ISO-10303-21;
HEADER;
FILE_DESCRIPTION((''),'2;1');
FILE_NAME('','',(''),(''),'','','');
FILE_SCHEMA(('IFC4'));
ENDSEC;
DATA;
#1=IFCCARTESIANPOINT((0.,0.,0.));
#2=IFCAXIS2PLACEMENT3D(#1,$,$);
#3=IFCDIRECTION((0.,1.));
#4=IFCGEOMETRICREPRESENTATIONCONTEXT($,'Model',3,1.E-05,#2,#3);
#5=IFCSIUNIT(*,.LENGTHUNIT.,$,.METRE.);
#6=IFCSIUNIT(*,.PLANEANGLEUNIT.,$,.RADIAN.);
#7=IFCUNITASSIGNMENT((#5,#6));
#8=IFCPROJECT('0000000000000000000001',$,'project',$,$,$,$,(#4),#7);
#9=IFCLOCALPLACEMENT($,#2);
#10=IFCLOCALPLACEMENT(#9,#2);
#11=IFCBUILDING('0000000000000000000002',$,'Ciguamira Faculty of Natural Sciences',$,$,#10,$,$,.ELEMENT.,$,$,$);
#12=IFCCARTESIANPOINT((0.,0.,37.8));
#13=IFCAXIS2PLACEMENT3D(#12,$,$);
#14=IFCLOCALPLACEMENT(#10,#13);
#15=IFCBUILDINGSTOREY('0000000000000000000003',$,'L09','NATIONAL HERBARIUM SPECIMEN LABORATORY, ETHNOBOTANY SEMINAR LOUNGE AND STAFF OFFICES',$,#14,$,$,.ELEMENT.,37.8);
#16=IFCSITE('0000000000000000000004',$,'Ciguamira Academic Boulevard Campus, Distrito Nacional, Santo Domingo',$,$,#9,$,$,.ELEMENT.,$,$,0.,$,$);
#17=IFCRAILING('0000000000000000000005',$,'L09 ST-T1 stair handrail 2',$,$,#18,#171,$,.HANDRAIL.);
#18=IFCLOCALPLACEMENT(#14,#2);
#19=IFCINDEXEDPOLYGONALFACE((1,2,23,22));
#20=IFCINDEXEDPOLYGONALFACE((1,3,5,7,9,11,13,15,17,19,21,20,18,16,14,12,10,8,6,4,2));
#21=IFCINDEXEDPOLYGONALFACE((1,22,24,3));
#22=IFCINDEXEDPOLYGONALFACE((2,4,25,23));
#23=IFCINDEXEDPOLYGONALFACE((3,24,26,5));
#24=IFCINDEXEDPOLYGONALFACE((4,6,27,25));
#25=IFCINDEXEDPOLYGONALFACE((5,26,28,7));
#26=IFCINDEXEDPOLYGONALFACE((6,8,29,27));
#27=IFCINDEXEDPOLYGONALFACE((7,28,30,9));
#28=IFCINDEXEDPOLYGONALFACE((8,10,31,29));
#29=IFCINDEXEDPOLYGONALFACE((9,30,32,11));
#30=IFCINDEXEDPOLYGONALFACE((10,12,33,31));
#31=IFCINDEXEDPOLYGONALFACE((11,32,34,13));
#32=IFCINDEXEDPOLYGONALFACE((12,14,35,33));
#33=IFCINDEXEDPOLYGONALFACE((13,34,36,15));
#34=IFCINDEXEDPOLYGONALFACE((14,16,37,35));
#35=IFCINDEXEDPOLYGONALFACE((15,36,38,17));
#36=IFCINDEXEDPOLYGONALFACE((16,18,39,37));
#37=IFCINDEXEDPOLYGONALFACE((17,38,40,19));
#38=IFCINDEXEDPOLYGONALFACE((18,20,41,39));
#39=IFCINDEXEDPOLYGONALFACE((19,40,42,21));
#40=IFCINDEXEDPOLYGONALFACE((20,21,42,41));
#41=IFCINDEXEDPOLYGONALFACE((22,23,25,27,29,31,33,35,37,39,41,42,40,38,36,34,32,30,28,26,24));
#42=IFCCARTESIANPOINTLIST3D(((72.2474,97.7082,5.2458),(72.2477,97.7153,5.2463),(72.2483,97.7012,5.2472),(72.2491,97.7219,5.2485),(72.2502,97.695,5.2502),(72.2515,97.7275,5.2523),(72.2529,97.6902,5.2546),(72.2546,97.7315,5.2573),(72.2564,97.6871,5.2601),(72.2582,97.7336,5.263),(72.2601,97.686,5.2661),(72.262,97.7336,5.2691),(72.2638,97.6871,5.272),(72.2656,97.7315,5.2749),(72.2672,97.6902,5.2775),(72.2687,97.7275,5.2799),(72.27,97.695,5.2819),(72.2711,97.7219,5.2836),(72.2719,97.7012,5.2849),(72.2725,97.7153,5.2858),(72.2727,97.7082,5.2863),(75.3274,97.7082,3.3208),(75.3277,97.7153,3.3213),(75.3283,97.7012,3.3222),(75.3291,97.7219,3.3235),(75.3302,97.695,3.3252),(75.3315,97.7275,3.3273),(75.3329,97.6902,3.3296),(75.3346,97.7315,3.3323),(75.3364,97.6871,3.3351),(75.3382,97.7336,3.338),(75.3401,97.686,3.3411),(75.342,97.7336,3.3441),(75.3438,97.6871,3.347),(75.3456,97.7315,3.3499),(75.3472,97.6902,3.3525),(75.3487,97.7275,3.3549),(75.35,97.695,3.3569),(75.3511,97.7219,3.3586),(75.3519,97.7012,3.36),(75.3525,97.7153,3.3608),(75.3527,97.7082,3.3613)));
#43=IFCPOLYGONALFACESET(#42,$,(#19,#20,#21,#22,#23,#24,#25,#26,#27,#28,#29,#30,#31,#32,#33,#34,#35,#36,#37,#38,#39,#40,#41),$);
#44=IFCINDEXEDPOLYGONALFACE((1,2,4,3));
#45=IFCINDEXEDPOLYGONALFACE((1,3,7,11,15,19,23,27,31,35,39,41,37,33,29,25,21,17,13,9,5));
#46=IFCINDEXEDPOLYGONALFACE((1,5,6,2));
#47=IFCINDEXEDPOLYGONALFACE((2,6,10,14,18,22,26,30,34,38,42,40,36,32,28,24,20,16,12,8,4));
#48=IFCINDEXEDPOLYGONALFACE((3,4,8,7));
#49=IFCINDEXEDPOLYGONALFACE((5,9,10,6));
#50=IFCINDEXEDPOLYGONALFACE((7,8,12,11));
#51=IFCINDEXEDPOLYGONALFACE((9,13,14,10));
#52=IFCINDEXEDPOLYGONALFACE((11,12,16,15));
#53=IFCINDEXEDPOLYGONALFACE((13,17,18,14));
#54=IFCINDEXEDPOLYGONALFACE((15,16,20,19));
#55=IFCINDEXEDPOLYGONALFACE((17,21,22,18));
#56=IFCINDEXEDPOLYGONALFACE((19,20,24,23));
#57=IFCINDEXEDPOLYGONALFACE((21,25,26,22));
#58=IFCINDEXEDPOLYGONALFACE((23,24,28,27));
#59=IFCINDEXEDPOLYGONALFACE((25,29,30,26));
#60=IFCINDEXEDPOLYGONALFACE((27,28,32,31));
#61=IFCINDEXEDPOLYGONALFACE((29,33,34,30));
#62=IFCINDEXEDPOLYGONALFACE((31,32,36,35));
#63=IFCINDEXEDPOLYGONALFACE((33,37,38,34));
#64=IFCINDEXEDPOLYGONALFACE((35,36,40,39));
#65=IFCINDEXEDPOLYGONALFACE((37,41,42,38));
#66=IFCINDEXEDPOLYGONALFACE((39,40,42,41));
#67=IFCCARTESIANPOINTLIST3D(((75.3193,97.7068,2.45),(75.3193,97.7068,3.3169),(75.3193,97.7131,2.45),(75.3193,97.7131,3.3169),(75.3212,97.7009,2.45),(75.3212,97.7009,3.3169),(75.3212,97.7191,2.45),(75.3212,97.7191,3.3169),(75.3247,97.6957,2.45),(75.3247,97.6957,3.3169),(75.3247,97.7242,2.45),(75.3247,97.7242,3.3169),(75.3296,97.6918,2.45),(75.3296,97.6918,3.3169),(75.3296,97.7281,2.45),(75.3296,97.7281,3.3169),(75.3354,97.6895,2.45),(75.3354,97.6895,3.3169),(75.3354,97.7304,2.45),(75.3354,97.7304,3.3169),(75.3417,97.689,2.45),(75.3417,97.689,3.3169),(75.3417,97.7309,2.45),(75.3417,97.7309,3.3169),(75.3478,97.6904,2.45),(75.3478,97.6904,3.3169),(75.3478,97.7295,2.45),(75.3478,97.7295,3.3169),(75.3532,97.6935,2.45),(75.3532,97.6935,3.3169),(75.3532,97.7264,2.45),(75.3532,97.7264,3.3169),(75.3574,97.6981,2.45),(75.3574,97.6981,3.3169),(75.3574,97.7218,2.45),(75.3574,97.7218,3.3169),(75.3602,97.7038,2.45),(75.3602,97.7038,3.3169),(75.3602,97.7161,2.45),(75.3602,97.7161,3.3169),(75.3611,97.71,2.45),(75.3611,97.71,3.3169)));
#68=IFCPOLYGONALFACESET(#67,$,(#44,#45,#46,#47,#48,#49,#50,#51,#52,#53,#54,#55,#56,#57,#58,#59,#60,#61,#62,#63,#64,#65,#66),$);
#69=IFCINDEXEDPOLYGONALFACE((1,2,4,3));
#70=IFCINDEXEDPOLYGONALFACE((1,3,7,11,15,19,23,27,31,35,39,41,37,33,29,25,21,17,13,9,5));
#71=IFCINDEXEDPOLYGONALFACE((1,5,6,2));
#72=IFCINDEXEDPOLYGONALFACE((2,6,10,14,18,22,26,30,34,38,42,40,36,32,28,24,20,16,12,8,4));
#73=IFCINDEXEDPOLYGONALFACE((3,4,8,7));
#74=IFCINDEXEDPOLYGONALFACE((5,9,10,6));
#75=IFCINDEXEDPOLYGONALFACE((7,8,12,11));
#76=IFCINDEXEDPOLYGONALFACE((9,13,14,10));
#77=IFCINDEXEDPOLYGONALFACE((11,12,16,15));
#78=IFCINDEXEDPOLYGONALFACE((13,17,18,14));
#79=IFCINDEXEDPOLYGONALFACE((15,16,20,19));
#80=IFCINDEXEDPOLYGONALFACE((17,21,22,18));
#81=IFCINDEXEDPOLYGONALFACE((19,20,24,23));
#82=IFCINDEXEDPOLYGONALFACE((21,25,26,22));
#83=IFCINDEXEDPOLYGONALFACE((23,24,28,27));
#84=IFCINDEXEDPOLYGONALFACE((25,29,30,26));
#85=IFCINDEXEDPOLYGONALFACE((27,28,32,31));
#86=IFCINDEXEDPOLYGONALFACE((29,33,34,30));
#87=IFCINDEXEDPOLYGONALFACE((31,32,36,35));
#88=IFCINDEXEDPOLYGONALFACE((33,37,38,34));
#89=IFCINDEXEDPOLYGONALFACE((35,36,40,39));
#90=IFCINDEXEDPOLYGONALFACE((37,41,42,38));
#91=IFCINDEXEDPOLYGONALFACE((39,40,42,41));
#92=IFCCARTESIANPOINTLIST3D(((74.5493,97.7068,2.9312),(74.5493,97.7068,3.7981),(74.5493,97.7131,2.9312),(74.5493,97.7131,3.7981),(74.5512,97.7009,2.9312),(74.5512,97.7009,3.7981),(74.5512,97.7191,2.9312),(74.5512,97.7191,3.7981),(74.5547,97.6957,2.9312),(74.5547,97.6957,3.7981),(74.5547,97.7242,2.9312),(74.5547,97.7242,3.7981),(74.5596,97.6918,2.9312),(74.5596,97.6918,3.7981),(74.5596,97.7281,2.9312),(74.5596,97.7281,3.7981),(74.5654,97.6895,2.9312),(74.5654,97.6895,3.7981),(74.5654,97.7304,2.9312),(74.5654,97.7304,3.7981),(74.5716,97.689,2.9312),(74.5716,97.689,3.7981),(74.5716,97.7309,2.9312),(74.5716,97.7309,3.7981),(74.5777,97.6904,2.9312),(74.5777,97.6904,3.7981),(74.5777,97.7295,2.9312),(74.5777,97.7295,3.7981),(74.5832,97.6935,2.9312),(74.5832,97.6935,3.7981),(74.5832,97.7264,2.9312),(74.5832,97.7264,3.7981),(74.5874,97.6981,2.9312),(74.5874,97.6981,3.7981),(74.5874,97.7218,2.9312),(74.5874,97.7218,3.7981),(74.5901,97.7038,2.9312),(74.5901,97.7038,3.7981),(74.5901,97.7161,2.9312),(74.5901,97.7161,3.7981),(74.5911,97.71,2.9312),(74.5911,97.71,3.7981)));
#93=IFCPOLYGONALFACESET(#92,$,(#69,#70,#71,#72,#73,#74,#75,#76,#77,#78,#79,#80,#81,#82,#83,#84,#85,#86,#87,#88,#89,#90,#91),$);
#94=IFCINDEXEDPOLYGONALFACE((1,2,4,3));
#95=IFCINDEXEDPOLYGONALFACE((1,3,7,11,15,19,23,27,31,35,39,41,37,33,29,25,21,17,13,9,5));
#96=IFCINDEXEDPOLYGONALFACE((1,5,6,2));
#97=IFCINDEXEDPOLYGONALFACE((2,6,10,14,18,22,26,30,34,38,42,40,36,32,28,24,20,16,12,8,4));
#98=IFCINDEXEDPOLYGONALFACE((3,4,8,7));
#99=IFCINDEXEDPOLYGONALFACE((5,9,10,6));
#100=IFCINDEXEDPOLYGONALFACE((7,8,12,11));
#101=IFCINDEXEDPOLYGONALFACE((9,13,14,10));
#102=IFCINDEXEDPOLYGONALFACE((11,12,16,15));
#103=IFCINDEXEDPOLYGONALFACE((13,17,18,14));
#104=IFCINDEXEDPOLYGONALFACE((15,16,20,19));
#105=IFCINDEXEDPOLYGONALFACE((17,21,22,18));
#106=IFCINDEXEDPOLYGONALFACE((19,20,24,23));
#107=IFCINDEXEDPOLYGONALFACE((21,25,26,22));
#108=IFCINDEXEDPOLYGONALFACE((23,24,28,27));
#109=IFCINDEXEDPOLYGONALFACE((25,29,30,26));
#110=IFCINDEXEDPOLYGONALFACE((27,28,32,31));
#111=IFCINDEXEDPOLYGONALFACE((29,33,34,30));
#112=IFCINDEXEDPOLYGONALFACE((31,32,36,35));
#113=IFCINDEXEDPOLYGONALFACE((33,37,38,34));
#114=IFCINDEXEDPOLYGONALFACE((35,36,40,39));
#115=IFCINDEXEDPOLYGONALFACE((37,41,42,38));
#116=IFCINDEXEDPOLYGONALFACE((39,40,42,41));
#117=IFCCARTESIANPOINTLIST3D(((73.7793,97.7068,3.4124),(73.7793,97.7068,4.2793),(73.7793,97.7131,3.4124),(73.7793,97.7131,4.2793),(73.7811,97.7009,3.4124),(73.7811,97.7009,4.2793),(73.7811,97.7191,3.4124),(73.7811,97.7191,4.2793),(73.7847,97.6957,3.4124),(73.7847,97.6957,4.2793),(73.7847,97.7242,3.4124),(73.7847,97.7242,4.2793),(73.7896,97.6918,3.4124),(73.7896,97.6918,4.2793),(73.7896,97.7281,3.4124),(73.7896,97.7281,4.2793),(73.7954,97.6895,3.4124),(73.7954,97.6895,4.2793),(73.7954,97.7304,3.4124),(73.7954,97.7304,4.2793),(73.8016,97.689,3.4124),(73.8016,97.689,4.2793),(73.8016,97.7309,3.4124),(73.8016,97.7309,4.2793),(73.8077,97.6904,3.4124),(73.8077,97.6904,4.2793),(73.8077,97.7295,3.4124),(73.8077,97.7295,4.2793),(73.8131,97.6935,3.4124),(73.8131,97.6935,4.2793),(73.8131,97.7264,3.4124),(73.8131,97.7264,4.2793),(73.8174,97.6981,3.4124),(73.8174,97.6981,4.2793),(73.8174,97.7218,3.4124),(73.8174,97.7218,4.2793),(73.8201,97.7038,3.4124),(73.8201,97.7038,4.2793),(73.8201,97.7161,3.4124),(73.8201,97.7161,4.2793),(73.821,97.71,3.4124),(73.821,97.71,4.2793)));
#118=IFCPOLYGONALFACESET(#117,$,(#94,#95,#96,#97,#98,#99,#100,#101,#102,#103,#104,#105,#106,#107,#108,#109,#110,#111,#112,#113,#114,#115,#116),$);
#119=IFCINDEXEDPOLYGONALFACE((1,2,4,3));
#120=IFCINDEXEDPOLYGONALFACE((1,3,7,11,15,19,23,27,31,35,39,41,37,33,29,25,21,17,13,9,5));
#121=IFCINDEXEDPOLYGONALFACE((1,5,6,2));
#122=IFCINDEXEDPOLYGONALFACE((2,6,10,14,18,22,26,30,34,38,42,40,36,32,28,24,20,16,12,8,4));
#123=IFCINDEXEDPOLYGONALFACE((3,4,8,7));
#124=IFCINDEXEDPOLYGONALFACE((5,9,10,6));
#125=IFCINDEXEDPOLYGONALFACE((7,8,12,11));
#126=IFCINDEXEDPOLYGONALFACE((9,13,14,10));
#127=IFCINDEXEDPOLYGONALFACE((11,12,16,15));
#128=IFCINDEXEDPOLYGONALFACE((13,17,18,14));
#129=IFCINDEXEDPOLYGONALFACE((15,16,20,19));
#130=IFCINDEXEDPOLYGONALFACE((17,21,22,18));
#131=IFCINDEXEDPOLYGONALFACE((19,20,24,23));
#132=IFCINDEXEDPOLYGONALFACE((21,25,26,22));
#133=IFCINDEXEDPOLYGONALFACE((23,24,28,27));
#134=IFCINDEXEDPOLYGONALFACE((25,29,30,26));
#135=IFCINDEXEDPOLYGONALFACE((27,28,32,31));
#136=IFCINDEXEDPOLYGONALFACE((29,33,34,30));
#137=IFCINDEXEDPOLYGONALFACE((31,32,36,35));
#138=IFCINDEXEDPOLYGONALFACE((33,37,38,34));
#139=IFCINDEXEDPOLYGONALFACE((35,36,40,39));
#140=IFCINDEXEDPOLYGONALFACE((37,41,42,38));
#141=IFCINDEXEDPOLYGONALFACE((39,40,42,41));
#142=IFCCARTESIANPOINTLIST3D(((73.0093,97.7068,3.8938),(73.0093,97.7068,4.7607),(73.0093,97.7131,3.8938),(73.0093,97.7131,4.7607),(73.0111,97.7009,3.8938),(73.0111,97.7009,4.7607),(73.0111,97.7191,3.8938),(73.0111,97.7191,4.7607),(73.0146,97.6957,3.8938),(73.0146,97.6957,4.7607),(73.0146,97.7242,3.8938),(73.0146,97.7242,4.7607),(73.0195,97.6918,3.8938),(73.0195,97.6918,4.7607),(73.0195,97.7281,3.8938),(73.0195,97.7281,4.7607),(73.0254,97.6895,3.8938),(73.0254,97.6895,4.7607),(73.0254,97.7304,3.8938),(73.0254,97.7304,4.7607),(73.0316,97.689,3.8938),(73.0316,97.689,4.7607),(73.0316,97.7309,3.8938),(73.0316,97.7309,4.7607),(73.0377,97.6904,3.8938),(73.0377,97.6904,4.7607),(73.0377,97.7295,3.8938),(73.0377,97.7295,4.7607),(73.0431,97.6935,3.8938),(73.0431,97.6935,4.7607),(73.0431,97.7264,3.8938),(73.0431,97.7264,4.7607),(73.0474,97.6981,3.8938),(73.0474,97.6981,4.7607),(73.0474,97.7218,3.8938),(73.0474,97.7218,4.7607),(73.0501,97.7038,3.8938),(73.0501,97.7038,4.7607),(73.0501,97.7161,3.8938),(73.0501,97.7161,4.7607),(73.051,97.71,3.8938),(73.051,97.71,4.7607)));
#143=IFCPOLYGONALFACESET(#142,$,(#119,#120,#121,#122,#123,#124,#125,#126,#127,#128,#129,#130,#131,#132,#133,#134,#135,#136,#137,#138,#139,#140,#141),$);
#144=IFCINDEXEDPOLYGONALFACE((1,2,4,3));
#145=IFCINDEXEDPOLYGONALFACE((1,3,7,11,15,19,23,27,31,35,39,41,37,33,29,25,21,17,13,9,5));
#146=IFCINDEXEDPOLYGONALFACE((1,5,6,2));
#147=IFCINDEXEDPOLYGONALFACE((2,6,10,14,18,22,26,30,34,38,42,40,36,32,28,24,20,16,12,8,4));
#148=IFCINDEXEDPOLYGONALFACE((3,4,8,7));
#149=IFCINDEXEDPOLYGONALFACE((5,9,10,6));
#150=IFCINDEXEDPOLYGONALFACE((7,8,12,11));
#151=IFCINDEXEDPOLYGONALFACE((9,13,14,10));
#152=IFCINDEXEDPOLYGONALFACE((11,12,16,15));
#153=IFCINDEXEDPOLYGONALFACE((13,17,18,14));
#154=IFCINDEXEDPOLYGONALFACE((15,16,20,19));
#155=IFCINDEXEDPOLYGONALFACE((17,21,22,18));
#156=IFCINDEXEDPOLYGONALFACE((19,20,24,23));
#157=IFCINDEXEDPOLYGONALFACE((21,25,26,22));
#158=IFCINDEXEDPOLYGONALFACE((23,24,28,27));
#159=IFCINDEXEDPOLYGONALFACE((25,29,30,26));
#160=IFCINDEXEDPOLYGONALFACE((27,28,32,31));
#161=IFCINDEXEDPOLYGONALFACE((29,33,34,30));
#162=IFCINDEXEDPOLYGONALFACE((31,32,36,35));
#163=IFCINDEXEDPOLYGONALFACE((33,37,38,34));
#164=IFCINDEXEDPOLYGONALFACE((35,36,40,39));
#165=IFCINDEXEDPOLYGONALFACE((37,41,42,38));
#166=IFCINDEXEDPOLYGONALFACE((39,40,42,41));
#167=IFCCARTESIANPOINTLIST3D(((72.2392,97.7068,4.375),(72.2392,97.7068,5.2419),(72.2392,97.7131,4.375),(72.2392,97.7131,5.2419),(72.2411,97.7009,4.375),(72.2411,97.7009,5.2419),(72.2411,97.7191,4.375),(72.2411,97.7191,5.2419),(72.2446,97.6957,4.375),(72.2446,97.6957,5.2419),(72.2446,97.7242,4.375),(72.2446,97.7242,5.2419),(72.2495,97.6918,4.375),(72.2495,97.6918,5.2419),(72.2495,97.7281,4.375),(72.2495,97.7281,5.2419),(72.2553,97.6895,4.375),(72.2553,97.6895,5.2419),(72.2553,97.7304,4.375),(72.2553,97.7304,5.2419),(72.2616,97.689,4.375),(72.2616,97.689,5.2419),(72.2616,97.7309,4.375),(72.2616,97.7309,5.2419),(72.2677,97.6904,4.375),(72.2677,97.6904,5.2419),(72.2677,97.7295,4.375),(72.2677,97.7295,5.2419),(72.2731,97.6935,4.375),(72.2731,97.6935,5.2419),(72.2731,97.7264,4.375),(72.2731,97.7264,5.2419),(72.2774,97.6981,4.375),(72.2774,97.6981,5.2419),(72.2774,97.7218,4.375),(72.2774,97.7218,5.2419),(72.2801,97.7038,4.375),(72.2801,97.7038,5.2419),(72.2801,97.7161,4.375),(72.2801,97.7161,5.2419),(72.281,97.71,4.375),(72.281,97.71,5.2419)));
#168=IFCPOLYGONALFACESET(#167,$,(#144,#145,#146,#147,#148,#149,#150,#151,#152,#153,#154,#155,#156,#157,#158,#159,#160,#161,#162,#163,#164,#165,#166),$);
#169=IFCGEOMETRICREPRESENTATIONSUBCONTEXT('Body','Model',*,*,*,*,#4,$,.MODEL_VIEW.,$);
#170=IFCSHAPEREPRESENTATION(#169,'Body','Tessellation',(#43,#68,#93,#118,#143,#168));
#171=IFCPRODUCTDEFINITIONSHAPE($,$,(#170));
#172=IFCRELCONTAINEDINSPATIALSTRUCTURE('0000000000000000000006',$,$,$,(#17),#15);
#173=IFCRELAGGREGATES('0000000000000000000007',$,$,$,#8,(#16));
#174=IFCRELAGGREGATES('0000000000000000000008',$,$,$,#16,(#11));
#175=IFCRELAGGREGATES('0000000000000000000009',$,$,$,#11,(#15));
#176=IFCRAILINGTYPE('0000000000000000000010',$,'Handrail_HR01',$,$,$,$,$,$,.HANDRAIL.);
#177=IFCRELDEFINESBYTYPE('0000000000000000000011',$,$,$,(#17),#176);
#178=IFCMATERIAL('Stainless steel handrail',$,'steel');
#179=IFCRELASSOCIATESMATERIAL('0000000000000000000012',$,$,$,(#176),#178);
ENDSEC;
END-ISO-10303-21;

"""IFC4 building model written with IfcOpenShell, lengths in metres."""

from ifc_helpers import new_model, si_unit, direction, frame, origin, origin_2d, place, context, subcontext, project, spatial, circle, extrude, material, type_object, element, save


model = new_model("IFC4")

# Units and contexts
model_context = context("Model", 3, precision=1e-05, world=origin(), true_north=direction((0.0, 1.0)))
body_context = subcontext(model_context, "Body", "Model", "MODEL_VIEW")
ifc_project = project(units=[si_unit("LENGTHUNIT", "METRE"), si_unit("PLANEANGLEUNIT", "RADIAN")], contexts=[model_context])

# Site, building, storey
site_placement = place(None, origin())
site = spatial("IfcSite", under=ifc_project, at=site_placement, Name="Ciguamira Academic Boulevard Campus, Distrito Nacional, Santo Domingo", CompositionType="ELEMENT", RefElevation=0.0)
building_placement = place(site_placement, origin())
building = spatial("IfcBuilding", under=site, at=building_placement, Name="Ciguamira Faculty of Natural Sciences", CompositionType="ELEMENT")
storey_placement = place(building_placement, frame((0.0, 0.0, 37.8)))
storey = spatial("IfcBuildingStorey", under=building, at=storey_placement, Name="L09", Description="NATIONAL HERBARIUM SPECIMEN LABORATORY, ETHNOBOTANY SEMINAR LOUNGE AND STAFF OFFICES", CompositionType="ELEMENT", Elevation=37.8)

# Railing
ifc_material_1 = material(Name="Stainless steel handrail", Category="steel")
railing_type_1 = type_object("IfcRailingType", Name="Handrail_HR01", PredefinedType="HANDRAIL", material=ifc_material_1)
railing_1_placement = place(storey_placement, frame((75.3401, 97.71, 2.45)))
element("IfcRailing", 1, at=railing_1_placement, inside=storey, type_object=railing_type_1, Name="L09 ST-T1 stair handrail 2", PredefinedType="HANDRAIL", context=body_context, shape_type="SweptSolid", body=[
    extrude(circle(Radius=0.0239, at=origin_2d()), frame((0.0, 0.0, 0.8911), z_axis=(-0.847998, 0.0, 0.529999), x_axis=(0.0, -1.0, 0.0)), (0.0, 0.0, 1.0), 3.6321),
    extrude(circle(Radius=0.021, at=origin_2d()), origin(), (0.0, 0.0, 1.0), 0.8669),
    extrude(circle(Radius=0.021, at=origin_2d()), frame((-0.77, 0.0, 0.4812)), (0.0, 0.0, 1.0), 0.8669),
    extrude(circle(Radius=0.021, at=origin_2d()), frame((-1.54, 0.0, 0.9624)), (0.0, 0.0, 1.0), 0.8669),
    extrude(circle(Radius=0.021, at=origin_2d()), frame((-2.3101, 0.0, 1.4438)), (0.0, 0.0, 1.0), 0.8669),
    extrude(circle(Radius=0.021, at=origin_2d()), frame((-3.0801, 0.0, 1.925)), (0.0, 0.0, 1.0), 0.8669),
])

save(model, "model.ifc")
